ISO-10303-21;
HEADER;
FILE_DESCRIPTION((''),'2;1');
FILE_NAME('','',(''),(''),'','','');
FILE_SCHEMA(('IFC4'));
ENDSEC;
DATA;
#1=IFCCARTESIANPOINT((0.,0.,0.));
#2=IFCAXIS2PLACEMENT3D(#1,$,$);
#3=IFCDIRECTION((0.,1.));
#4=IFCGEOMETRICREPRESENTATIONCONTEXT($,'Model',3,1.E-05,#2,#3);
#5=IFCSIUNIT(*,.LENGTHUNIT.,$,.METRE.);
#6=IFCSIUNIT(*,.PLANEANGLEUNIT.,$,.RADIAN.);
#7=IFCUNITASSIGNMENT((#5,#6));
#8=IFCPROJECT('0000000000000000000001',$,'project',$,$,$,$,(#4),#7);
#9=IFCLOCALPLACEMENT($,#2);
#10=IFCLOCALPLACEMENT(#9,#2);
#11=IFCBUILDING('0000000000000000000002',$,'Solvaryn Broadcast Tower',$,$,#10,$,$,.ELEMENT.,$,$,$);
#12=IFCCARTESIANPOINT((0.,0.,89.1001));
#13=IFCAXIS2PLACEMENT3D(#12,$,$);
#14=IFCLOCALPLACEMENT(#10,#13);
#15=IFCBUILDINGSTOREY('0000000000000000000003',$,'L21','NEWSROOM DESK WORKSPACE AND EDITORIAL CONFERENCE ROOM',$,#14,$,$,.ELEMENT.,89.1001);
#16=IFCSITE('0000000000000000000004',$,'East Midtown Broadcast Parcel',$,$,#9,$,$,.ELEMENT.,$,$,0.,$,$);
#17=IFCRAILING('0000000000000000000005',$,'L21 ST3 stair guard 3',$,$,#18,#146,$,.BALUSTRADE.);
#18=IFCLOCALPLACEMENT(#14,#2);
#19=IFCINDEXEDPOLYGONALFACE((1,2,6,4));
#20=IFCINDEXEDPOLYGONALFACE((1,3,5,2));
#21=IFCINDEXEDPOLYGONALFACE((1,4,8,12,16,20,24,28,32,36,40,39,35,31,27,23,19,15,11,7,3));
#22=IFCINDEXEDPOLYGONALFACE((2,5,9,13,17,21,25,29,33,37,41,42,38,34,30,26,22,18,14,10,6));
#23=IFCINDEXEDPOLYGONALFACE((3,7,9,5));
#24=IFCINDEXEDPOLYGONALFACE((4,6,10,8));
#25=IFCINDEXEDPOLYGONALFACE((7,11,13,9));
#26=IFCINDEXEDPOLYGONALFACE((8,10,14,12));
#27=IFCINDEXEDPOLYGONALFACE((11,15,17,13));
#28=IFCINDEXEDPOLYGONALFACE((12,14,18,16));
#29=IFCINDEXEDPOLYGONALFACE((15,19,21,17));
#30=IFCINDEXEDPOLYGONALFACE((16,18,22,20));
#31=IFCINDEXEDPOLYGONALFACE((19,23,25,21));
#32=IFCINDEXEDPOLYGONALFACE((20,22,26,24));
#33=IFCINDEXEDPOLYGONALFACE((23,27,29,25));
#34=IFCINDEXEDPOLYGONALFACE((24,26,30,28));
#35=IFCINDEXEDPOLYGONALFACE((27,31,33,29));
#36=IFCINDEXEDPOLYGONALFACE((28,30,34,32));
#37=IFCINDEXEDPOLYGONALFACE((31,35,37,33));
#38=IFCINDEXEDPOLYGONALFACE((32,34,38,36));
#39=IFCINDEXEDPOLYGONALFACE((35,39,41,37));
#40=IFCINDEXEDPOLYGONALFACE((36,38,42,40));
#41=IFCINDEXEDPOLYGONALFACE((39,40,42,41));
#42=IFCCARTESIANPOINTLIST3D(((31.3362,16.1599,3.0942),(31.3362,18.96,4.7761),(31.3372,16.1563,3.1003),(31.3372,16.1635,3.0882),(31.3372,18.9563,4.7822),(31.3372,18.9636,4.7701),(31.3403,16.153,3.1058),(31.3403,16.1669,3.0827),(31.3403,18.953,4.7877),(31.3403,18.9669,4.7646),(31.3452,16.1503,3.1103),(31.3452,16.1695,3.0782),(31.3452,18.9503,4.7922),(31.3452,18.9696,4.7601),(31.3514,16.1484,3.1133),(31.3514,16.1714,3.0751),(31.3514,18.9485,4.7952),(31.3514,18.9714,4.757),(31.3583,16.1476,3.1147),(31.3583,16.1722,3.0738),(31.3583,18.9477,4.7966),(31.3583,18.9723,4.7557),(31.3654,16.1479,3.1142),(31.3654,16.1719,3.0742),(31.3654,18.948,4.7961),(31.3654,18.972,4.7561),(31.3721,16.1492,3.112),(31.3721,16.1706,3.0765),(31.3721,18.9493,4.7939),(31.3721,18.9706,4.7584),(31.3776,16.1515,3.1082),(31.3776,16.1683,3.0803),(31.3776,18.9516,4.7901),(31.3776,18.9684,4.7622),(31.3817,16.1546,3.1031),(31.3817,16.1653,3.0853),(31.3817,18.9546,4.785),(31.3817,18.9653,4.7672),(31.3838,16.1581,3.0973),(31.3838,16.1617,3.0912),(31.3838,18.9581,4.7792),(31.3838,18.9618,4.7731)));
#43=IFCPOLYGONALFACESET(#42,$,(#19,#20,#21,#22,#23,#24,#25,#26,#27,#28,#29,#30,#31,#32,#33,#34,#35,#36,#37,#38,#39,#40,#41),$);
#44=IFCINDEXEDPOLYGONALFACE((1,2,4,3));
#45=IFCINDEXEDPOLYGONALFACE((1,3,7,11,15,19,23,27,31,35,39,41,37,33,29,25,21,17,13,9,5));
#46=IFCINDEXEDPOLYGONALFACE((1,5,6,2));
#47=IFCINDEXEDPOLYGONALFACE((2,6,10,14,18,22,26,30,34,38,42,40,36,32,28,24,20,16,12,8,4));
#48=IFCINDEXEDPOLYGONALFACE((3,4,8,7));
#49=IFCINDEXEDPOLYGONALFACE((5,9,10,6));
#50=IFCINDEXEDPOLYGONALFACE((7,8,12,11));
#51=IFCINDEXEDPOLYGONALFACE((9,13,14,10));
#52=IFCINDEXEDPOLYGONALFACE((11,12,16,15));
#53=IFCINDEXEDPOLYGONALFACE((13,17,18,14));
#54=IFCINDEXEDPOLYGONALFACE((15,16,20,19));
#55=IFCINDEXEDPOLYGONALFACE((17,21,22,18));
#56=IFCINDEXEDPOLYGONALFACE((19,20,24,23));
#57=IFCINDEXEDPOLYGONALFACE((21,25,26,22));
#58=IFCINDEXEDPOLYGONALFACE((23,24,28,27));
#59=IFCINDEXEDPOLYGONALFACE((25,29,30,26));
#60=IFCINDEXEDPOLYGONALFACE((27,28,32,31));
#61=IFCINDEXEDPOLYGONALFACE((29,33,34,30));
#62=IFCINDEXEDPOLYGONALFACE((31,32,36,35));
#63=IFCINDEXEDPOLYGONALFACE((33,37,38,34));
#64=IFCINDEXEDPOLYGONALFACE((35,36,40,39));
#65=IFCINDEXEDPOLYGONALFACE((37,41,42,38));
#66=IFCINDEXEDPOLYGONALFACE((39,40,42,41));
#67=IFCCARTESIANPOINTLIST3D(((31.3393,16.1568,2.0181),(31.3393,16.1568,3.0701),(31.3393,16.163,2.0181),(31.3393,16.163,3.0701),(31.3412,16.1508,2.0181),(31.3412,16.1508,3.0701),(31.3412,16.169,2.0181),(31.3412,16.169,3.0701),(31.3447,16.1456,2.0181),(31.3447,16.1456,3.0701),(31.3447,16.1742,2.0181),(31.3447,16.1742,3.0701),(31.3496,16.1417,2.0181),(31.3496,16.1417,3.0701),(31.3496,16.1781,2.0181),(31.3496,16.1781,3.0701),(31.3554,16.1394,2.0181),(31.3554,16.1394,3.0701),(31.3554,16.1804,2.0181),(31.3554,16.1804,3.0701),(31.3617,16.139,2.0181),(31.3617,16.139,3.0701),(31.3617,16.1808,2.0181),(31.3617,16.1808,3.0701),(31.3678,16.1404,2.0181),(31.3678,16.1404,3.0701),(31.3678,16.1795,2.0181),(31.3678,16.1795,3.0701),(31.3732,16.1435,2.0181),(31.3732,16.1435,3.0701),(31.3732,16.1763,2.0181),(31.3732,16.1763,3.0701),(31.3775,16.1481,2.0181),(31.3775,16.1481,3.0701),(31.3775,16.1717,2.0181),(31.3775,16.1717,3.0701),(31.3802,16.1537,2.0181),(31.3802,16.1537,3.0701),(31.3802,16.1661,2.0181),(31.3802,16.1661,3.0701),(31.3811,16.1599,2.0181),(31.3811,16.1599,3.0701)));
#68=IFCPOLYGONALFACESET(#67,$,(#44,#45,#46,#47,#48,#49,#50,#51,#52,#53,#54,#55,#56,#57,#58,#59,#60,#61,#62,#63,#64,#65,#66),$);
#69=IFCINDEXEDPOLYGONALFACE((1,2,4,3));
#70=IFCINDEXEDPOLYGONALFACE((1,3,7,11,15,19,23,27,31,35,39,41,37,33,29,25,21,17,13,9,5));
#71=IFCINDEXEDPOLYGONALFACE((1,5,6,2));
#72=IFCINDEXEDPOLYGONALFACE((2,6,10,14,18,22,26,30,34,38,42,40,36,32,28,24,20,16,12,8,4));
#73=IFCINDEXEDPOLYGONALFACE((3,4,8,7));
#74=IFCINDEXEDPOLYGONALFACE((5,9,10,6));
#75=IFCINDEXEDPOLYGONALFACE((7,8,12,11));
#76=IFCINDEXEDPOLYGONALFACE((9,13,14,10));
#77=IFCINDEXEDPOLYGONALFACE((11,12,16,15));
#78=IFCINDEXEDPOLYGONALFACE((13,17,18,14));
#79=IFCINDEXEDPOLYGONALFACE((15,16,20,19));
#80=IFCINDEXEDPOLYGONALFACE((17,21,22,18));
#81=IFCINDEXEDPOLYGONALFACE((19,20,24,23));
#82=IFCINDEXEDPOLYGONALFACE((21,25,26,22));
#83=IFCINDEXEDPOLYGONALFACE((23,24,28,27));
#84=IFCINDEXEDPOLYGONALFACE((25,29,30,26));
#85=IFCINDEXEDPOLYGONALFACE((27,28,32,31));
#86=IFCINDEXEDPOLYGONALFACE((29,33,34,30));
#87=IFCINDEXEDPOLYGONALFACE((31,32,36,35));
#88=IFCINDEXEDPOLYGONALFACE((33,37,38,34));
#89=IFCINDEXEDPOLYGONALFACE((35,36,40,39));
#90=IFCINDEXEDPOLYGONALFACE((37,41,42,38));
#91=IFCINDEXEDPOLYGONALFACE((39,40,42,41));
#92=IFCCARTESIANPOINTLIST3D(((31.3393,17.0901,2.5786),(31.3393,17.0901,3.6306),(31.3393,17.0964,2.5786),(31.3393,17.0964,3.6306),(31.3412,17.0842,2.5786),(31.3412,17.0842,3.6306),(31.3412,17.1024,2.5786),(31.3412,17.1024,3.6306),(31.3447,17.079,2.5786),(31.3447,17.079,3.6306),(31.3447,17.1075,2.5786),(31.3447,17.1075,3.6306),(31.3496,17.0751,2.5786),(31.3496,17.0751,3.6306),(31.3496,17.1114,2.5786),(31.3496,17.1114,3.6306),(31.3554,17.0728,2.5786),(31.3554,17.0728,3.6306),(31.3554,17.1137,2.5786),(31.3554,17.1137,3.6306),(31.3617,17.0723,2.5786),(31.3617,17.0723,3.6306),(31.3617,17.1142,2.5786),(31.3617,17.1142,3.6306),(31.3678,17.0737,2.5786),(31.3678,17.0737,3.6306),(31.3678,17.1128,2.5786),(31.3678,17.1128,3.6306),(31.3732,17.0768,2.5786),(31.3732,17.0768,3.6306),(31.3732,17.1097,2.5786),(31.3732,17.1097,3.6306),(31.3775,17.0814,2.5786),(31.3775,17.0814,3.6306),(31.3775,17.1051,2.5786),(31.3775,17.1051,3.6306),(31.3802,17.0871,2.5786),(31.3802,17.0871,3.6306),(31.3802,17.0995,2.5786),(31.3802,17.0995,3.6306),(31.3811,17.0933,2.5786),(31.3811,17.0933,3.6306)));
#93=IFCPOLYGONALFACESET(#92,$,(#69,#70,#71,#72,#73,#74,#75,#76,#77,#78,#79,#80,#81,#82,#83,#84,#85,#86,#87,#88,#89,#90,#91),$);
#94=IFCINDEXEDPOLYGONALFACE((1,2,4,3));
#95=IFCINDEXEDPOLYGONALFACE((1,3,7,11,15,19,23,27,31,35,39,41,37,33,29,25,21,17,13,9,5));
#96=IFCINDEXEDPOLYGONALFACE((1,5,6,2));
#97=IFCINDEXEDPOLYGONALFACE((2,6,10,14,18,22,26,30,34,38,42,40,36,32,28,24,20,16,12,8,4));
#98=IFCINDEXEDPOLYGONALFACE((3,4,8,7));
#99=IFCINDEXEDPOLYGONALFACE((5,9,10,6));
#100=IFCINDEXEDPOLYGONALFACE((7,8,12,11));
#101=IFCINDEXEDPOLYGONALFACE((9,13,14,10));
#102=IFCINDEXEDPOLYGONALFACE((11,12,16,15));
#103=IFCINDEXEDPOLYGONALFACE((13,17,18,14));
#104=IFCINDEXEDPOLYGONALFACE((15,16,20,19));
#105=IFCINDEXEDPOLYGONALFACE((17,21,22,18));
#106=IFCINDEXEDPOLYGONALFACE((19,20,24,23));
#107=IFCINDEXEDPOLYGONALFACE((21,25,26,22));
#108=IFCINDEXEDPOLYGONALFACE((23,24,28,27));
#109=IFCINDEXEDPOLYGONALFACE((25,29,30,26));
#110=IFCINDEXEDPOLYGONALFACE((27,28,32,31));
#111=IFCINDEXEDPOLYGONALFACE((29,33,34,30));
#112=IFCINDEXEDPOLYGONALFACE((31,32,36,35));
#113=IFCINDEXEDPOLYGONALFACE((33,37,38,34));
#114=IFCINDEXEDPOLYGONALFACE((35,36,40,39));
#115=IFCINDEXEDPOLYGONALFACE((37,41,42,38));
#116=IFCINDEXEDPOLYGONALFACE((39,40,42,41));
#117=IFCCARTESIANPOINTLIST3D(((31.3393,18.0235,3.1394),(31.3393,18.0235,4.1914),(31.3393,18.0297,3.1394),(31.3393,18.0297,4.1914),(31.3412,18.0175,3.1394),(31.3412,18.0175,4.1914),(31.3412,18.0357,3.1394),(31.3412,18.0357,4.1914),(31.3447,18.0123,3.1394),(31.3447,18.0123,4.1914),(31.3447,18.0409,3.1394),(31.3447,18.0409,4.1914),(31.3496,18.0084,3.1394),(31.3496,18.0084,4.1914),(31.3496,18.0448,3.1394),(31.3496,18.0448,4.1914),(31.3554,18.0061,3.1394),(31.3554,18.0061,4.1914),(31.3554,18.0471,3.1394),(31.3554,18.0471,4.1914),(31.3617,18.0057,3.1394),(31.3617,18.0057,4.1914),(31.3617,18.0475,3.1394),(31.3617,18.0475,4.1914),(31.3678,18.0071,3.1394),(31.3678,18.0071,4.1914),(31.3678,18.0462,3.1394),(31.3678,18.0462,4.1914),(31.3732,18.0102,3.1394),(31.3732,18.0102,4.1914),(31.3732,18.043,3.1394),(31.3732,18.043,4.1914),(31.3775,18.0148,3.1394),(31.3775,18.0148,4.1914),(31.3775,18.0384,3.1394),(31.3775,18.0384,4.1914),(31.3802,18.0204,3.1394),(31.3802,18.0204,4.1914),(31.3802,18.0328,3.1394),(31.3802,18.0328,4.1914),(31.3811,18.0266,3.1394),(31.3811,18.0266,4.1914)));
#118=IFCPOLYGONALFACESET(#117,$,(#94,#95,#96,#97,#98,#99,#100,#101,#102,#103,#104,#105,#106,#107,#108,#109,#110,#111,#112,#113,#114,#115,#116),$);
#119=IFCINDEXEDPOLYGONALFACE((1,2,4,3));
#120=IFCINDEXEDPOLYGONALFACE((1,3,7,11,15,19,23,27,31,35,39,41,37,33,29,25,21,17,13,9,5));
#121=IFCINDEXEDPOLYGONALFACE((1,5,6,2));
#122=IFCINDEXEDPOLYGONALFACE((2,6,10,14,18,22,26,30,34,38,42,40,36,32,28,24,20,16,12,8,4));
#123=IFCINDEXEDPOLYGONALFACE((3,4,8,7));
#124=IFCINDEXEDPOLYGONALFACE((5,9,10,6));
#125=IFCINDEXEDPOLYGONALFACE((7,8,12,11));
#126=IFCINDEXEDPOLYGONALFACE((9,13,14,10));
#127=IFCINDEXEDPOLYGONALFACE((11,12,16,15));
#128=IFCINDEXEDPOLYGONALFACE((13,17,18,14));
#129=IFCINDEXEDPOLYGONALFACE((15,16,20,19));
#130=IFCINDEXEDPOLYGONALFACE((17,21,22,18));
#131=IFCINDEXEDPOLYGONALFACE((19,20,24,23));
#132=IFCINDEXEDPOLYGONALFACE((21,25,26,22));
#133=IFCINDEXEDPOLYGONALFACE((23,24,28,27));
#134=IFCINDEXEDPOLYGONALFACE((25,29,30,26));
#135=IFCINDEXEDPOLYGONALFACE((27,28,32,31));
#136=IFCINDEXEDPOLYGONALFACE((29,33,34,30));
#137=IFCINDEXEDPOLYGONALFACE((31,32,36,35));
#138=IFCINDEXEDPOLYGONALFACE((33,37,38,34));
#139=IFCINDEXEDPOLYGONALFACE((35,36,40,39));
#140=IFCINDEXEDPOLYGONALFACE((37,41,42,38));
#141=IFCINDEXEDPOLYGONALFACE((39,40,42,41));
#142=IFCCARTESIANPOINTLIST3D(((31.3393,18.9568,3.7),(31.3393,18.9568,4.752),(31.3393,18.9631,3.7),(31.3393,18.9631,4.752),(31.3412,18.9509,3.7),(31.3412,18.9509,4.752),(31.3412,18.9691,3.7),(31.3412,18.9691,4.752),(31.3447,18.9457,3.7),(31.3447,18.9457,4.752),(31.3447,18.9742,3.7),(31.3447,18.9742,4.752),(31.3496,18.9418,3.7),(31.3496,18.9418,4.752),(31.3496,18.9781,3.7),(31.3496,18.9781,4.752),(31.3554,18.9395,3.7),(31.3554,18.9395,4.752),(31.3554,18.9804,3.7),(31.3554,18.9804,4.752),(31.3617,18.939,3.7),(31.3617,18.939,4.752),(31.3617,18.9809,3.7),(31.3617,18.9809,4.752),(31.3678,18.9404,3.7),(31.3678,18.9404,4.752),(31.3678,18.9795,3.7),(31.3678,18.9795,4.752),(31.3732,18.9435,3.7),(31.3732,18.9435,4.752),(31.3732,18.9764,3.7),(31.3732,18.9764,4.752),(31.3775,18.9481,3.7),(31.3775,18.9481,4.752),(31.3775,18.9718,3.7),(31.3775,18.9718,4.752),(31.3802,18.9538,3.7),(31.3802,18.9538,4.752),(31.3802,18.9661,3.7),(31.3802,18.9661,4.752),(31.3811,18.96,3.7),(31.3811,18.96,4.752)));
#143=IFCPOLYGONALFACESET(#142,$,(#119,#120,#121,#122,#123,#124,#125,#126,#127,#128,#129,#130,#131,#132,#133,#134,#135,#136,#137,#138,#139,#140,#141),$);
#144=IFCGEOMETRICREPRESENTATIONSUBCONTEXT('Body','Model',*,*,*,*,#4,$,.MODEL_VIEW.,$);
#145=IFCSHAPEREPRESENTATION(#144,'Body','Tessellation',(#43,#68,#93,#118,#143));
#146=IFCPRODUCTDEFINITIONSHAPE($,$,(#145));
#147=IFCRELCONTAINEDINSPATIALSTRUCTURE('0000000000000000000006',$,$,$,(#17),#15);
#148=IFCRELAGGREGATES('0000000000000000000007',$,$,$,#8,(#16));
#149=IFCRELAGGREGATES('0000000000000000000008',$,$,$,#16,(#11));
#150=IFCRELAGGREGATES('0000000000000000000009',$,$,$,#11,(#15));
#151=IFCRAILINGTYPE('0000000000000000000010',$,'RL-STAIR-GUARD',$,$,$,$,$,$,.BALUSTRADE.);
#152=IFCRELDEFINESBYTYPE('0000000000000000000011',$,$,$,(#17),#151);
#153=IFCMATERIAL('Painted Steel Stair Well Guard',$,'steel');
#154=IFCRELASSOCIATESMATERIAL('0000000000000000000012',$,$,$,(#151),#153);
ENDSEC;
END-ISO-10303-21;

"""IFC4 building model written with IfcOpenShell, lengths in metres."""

from ifc_helpers import new_model, si_unit, direction, frame, origin, origin_2d, place, context, subcontext, project, spatial, circle, extrude, material, type_object, element, save


model = new_model("IFC4")

# Units and contexts
model_context = context("Model", 3, precision=1e-05, world=origin(), true_north=direction((0.0, 1.0)))
body_context = subcontext(model_context, "Body", "Model", "MODEL_VIEW")
ifc_project = project(units=[si_unit("LENGTHUNIT", "METRE"), si_unit("PLANEANGLEUNIT", "RADIAN")], contexts=[model_context])

# Site, building, storey
site_placement = place(None, origin())
site = spatial("IfcSite", under=ifc_project, at=site_placement, Name="East Midtown Broadcast Parcel", CompositionType="ELEMENT", RefElevation=0.0)
building_placement = place(site_placement, origin())
building = spatial("IfcBuilding", under=site, at=building_placement, Name="Solvaryn Broadcast Tower", CompositionType="ELEMENT")
storey_placement = place(building_placement, frame((0.0, 0.0, 89.1001)))
storey = spatial("IfcBuildingStorey", under=building, at=storey_placement, Name="L21", Description="NEWSROOM DESK WORKSPACE AND EDITORIAL CONFERENCE ROOM", CompositionType="ELEMENT", Elevation=89.1001)

# Railing
ifc_material_1 = material(Name="Painted Steel Stair Well Guard", Category="steel")
railing_type_1 = type_object("IfcRailingType", Name="RL-STAIR-GUARD", PredefinedType="BALUSTRADE", material=ifc_material_1)
railing_1_placement = place(storey_placement, frame((31.3601, 16.1599, 2.0181)))
element("IfcRailing", 1, at=railing_1_placement, inside=storey, type_object=railing_type_1, Name="L21 ST3 stair guard 3", PredefinedType="BALUSTRADE", context=body_context, shape_type="SweptSolid", body=[
    extrude(circle(Radius=0.0239, at=origin_2d()), frame((0.0, 0.0, 1.0762), z_axis=(0.0, 0.857242, 0.514913), x_axis=(-1.0, 0.0, 0.0)), (0.0, 0.0, 1.0), 3.2664),
    extrude(circle(Radius=0.021, at=origin_2d()), origin(), (0.0, 0.0, 1.0), 1.052),
    extrude(circle(Radius=0.021, at=origin_2d()), frame((0.0, 0.9333, 0.5605)), (0.0, 0.0, 1.0), 1.052),
    extrude(circle(Radius=0.021, at=origin_2d()), frame((0.0, 1.8667, 1.1213)), (0.0, 0.0, 1.0), 1.052),
    extrude(circle(Radius=0.021, at=origin_2d()), frame((0.0, 2.8, 1.6819)), (0.0, 0.0, 1.0), 1.052),
])

save(model, "model.ifc")
